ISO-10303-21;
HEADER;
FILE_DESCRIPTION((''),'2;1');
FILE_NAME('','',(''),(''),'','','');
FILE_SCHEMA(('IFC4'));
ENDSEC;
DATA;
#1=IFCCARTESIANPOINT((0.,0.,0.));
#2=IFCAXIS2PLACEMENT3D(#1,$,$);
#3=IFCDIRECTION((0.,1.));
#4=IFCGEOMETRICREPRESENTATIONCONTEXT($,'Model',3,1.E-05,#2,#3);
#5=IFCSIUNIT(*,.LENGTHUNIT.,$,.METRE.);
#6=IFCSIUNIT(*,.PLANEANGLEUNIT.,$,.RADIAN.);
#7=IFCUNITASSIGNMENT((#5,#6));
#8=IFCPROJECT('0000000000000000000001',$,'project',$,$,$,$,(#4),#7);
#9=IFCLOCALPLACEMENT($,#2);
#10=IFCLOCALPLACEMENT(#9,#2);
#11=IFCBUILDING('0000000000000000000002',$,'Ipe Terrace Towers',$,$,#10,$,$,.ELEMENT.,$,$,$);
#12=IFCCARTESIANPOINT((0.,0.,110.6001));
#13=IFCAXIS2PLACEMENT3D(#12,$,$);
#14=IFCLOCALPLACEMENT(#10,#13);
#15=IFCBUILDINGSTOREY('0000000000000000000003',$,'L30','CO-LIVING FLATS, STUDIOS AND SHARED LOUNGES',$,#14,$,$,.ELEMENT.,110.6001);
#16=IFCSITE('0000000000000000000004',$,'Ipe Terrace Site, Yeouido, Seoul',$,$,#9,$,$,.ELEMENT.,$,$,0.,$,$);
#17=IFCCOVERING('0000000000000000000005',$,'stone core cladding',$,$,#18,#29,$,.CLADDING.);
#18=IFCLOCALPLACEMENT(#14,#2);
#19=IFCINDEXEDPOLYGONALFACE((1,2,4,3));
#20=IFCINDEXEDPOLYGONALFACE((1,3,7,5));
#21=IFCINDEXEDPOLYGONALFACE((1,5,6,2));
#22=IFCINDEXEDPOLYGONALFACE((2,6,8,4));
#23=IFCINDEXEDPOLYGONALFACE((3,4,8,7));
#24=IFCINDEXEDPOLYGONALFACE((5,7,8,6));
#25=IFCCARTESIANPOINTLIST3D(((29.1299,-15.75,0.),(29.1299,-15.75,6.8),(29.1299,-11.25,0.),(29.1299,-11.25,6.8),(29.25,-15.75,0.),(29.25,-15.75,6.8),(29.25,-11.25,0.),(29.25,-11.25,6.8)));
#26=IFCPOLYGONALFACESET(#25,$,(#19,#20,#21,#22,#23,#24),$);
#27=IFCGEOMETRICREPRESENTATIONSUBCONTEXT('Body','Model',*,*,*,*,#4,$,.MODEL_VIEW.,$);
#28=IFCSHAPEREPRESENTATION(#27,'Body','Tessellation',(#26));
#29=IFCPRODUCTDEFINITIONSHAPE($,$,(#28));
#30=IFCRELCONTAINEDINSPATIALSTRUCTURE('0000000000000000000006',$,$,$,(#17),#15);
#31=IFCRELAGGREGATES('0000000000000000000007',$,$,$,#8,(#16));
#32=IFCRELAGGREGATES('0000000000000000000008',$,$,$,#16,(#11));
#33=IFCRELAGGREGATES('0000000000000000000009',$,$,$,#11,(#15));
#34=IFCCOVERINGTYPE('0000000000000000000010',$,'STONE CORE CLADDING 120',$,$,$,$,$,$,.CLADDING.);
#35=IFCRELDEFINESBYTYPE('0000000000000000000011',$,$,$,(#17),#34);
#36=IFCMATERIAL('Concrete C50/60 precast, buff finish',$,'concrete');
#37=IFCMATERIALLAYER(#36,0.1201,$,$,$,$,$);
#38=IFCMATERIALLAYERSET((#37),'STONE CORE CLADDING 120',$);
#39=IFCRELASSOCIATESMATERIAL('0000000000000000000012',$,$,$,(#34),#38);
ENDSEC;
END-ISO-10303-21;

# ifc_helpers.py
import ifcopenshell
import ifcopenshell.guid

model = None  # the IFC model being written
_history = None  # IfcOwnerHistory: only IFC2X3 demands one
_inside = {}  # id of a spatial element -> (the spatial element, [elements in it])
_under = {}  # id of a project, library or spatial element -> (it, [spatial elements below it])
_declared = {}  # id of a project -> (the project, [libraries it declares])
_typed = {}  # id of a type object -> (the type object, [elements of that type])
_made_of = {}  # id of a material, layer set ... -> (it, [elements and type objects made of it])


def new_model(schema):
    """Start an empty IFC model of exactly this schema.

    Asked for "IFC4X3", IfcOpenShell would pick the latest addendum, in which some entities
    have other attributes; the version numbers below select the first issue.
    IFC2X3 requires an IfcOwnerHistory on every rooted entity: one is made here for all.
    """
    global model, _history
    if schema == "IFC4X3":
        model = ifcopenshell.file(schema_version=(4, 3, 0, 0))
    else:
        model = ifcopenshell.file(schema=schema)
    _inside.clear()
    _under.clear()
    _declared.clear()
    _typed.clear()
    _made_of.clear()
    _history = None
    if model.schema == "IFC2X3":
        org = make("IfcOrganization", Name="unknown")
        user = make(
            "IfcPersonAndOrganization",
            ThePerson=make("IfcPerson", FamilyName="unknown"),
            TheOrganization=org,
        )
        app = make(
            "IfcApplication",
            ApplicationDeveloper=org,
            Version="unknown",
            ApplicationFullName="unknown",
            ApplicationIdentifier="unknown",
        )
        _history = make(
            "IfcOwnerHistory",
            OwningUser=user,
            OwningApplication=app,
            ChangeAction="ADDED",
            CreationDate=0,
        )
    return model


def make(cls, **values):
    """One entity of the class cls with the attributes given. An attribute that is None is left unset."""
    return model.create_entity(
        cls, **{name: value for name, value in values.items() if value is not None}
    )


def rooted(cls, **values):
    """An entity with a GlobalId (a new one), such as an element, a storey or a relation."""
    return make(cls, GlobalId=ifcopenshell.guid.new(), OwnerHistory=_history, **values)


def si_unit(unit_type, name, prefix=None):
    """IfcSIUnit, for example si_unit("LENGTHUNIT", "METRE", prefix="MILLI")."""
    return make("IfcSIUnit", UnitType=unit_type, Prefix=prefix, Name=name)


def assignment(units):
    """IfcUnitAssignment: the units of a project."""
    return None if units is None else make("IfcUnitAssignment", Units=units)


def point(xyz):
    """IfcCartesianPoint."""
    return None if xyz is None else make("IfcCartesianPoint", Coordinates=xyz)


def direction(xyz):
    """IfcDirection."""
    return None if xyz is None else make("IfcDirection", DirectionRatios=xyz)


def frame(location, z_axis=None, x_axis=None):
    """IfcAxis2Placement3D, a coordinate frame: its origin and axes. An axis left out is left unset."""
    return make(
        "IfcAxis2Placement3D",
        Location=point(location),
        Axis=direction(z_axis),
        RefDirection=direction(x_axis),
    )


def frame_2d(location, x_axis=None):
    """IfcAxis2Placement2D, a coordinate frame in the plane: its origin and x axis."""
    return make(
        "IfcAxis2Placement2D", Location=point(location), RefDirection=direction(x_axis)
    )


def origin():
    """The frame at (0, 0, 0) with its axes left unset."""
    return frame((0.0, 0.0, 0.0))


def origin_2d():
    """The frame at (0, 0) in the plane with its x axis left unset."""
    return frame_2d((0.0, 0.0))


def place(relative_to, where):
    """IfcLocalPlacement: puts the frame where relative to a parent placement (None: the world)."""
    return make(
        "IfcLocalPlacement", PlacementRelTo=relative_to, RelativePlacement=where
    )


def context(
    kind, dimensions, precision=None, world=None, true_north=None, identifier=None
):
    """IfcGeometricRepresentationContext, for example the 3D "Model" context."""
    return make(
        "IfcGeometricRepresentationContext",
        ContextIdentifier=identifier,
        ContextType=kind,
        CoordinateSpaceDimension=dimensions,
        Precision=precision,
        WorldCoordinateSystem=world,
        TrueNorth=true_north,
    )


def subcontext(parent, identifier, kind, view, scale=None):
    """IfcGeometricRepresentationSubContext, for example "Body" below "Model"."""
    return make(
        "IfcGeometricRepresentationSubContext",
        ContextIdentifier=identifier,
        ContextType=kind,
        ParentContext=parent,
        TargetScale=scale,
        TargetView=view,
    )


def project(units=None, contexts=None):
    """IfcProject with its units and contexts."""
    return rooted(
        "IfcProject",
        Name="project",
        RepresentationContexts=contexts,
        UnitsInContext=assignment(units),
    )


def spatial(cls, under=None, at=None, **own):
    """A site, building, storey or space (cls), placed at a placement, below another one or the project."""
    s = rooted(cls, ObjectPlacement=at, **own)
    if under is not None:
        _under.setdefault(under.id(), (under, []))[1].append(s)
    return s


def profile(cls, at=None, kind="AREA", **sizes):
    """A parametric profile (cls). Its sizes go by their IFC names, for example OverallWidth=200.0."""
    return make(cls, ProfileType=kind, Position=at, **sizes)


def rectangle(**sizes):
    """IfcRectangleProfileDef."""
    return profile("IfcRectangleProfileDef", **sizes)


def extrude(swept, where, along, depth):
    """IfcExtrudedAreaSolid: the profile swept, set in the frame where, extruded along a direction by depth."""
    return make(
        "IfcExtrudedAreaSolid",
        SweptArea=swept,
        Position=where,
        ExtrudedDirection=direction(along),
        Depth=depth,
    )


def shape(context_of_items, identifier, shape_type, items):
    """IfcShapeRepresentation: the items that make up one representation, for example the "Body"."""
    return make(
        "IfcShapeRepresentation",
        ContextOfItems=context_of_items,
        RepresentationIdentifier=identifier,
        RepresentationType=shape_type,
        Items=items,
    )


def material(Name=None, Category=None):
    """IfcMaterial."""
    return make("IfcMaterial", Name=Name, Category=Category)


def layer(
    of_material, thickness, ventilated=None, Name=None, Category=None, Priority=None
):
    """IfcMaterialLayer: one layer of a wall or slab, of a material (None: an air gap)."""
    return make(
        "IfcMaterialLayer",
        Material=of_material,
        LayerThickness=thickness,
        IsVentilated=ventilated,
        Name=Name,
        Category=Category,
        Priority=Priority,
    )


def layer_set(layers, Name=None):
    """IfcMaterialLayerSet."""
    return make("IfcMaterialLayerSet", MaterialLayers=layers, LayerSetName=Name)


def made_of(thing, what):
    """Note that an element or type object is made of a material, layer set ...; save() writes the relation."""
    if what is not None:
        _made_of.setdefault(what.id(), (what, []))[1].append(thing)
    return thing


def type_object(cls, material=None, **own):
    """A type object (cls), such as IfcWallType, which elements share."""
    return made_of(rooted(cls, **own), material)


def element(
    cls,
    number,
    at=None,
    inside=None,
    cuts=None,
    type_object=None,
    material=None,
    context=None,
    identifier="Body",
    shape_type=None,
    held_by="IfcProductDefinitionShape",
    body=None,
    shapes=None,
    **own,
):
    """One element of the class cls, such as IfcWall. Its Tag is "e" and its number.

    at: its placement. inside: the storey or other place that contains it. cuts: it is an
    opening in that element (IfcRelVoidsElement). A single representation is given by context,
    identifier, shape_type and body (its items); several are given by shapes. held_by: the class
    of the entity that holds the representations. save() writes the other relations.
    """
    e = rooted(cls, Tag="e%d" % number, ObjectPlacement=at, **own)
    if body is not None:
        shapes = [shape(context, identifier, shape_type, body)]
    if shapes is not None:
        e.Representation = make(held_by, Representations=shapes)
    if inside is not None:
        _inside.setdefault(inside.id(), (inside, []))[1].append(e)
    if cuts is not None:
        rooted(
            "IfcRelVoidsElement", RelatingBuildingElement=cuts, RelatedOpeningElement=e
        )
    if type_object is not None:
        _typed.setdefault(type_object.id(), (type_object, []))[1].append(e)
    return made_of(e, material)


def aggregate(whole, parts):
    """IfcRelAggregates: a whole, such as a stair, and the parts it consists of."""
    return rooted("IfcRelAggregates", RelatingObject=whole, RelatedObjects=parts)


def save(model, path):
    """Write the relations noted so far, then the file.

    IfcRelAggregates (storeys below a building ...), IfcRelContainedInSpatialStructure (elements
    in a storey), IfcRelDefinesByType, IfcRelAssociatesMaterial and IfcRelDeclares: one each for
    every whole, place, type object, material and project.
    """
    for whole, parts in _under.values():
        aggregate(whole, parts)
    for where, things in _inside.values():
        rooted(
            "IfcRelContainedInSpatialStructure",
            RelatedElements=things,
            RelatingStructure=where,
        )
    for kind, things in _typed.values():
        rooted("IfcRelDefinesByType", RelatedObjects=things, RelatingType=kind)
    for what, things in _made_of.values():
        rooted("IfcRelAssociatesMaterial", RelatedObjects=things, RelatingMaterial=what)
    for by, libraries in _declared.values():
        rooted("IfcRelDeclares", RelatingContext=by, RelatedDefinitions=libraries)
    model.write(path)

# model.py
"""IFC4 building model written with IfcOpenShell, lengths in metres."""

from ifc_helpers import new_model, si_unit, direction, frame, origin, origin_2d, place, context, subcontext, project, spatial, rectangle, extrude, material, layer, layer_set, type_object, element, save


model = new_model("IFC4")

# Units and contexts
model_context = context("Model", 3, precision=1e-05, world=origin(), true_north=direction((0.0, 1.0)))
body_context = subcontext(model_context, "Body", "Model", "MODEL_VIEW")
ifc_project = project(units=[si_unit("LENGTHUNIT", "METRE"), si_unit("PLANEANGLEUNIT", "RADIAN")], contexts=[model_context])

# Site, building, storey
site_placement = place(None, origin())
site = spatial("IfcSite", under=ifc_project, at=site_placement, Name="Ipe Terrace Site, Yeouido, Seoul", CompositionType="ELEMENT", RefElevation=0.0)
building_placement = place(site_placement, origin())
building = spatial("IfcBuilding", under=site, at=building_placement, Name="Ipe Terrace Towers", CompositionType="ELEMENT")
storey_placement = place(building_placement, frame((0.0, 0.0, 110.6001)))
storey = spatial("IfcBuildingStorey", under=building, at=storey_placement, Name="L30", Description="CO-LIVING FLATS, STUDIOS AND SHARED LOUNGES", CompositionType="ELEMENT", Elevation=110.6001)

# Covering
ifc_material_1 = material(Name="Concrete C50/60 precast, buff finish", Category="concrete")
ifc_layer_1 = layer(ifc_material_1, 0.1201)
ifc_layer_set_1 = layer_set([ifc_layer_1], Name="STONE CORE CLADDING 120")
covering_type = type_object("IfcCoveringType", Name="STONE CORE CLADDING 120", PredefinedType="CLADDING", material=ifc_layer_set_1)
covering_placement = place(storey_placement, frame((29.1899, -13.5, 0.0), z_axis=(0.0, 0.0, 1.0), x_axis=(0.0, -1.0, 0.0)))
element("IfcCovering", 1, at=covering_placement, inside=storey, type_object=covering_type, Name="stone core cladding", PredefinedType="CLADDING", context=body_context, shape_type="SweptSolid", body=[
    extrude(rectangle(XDim=4.5, YDim=0.1201, at=origin_2d()), origin(), (0.0, 0.0, 1.0), 6.8),
])

save(model, "model.ifc")
